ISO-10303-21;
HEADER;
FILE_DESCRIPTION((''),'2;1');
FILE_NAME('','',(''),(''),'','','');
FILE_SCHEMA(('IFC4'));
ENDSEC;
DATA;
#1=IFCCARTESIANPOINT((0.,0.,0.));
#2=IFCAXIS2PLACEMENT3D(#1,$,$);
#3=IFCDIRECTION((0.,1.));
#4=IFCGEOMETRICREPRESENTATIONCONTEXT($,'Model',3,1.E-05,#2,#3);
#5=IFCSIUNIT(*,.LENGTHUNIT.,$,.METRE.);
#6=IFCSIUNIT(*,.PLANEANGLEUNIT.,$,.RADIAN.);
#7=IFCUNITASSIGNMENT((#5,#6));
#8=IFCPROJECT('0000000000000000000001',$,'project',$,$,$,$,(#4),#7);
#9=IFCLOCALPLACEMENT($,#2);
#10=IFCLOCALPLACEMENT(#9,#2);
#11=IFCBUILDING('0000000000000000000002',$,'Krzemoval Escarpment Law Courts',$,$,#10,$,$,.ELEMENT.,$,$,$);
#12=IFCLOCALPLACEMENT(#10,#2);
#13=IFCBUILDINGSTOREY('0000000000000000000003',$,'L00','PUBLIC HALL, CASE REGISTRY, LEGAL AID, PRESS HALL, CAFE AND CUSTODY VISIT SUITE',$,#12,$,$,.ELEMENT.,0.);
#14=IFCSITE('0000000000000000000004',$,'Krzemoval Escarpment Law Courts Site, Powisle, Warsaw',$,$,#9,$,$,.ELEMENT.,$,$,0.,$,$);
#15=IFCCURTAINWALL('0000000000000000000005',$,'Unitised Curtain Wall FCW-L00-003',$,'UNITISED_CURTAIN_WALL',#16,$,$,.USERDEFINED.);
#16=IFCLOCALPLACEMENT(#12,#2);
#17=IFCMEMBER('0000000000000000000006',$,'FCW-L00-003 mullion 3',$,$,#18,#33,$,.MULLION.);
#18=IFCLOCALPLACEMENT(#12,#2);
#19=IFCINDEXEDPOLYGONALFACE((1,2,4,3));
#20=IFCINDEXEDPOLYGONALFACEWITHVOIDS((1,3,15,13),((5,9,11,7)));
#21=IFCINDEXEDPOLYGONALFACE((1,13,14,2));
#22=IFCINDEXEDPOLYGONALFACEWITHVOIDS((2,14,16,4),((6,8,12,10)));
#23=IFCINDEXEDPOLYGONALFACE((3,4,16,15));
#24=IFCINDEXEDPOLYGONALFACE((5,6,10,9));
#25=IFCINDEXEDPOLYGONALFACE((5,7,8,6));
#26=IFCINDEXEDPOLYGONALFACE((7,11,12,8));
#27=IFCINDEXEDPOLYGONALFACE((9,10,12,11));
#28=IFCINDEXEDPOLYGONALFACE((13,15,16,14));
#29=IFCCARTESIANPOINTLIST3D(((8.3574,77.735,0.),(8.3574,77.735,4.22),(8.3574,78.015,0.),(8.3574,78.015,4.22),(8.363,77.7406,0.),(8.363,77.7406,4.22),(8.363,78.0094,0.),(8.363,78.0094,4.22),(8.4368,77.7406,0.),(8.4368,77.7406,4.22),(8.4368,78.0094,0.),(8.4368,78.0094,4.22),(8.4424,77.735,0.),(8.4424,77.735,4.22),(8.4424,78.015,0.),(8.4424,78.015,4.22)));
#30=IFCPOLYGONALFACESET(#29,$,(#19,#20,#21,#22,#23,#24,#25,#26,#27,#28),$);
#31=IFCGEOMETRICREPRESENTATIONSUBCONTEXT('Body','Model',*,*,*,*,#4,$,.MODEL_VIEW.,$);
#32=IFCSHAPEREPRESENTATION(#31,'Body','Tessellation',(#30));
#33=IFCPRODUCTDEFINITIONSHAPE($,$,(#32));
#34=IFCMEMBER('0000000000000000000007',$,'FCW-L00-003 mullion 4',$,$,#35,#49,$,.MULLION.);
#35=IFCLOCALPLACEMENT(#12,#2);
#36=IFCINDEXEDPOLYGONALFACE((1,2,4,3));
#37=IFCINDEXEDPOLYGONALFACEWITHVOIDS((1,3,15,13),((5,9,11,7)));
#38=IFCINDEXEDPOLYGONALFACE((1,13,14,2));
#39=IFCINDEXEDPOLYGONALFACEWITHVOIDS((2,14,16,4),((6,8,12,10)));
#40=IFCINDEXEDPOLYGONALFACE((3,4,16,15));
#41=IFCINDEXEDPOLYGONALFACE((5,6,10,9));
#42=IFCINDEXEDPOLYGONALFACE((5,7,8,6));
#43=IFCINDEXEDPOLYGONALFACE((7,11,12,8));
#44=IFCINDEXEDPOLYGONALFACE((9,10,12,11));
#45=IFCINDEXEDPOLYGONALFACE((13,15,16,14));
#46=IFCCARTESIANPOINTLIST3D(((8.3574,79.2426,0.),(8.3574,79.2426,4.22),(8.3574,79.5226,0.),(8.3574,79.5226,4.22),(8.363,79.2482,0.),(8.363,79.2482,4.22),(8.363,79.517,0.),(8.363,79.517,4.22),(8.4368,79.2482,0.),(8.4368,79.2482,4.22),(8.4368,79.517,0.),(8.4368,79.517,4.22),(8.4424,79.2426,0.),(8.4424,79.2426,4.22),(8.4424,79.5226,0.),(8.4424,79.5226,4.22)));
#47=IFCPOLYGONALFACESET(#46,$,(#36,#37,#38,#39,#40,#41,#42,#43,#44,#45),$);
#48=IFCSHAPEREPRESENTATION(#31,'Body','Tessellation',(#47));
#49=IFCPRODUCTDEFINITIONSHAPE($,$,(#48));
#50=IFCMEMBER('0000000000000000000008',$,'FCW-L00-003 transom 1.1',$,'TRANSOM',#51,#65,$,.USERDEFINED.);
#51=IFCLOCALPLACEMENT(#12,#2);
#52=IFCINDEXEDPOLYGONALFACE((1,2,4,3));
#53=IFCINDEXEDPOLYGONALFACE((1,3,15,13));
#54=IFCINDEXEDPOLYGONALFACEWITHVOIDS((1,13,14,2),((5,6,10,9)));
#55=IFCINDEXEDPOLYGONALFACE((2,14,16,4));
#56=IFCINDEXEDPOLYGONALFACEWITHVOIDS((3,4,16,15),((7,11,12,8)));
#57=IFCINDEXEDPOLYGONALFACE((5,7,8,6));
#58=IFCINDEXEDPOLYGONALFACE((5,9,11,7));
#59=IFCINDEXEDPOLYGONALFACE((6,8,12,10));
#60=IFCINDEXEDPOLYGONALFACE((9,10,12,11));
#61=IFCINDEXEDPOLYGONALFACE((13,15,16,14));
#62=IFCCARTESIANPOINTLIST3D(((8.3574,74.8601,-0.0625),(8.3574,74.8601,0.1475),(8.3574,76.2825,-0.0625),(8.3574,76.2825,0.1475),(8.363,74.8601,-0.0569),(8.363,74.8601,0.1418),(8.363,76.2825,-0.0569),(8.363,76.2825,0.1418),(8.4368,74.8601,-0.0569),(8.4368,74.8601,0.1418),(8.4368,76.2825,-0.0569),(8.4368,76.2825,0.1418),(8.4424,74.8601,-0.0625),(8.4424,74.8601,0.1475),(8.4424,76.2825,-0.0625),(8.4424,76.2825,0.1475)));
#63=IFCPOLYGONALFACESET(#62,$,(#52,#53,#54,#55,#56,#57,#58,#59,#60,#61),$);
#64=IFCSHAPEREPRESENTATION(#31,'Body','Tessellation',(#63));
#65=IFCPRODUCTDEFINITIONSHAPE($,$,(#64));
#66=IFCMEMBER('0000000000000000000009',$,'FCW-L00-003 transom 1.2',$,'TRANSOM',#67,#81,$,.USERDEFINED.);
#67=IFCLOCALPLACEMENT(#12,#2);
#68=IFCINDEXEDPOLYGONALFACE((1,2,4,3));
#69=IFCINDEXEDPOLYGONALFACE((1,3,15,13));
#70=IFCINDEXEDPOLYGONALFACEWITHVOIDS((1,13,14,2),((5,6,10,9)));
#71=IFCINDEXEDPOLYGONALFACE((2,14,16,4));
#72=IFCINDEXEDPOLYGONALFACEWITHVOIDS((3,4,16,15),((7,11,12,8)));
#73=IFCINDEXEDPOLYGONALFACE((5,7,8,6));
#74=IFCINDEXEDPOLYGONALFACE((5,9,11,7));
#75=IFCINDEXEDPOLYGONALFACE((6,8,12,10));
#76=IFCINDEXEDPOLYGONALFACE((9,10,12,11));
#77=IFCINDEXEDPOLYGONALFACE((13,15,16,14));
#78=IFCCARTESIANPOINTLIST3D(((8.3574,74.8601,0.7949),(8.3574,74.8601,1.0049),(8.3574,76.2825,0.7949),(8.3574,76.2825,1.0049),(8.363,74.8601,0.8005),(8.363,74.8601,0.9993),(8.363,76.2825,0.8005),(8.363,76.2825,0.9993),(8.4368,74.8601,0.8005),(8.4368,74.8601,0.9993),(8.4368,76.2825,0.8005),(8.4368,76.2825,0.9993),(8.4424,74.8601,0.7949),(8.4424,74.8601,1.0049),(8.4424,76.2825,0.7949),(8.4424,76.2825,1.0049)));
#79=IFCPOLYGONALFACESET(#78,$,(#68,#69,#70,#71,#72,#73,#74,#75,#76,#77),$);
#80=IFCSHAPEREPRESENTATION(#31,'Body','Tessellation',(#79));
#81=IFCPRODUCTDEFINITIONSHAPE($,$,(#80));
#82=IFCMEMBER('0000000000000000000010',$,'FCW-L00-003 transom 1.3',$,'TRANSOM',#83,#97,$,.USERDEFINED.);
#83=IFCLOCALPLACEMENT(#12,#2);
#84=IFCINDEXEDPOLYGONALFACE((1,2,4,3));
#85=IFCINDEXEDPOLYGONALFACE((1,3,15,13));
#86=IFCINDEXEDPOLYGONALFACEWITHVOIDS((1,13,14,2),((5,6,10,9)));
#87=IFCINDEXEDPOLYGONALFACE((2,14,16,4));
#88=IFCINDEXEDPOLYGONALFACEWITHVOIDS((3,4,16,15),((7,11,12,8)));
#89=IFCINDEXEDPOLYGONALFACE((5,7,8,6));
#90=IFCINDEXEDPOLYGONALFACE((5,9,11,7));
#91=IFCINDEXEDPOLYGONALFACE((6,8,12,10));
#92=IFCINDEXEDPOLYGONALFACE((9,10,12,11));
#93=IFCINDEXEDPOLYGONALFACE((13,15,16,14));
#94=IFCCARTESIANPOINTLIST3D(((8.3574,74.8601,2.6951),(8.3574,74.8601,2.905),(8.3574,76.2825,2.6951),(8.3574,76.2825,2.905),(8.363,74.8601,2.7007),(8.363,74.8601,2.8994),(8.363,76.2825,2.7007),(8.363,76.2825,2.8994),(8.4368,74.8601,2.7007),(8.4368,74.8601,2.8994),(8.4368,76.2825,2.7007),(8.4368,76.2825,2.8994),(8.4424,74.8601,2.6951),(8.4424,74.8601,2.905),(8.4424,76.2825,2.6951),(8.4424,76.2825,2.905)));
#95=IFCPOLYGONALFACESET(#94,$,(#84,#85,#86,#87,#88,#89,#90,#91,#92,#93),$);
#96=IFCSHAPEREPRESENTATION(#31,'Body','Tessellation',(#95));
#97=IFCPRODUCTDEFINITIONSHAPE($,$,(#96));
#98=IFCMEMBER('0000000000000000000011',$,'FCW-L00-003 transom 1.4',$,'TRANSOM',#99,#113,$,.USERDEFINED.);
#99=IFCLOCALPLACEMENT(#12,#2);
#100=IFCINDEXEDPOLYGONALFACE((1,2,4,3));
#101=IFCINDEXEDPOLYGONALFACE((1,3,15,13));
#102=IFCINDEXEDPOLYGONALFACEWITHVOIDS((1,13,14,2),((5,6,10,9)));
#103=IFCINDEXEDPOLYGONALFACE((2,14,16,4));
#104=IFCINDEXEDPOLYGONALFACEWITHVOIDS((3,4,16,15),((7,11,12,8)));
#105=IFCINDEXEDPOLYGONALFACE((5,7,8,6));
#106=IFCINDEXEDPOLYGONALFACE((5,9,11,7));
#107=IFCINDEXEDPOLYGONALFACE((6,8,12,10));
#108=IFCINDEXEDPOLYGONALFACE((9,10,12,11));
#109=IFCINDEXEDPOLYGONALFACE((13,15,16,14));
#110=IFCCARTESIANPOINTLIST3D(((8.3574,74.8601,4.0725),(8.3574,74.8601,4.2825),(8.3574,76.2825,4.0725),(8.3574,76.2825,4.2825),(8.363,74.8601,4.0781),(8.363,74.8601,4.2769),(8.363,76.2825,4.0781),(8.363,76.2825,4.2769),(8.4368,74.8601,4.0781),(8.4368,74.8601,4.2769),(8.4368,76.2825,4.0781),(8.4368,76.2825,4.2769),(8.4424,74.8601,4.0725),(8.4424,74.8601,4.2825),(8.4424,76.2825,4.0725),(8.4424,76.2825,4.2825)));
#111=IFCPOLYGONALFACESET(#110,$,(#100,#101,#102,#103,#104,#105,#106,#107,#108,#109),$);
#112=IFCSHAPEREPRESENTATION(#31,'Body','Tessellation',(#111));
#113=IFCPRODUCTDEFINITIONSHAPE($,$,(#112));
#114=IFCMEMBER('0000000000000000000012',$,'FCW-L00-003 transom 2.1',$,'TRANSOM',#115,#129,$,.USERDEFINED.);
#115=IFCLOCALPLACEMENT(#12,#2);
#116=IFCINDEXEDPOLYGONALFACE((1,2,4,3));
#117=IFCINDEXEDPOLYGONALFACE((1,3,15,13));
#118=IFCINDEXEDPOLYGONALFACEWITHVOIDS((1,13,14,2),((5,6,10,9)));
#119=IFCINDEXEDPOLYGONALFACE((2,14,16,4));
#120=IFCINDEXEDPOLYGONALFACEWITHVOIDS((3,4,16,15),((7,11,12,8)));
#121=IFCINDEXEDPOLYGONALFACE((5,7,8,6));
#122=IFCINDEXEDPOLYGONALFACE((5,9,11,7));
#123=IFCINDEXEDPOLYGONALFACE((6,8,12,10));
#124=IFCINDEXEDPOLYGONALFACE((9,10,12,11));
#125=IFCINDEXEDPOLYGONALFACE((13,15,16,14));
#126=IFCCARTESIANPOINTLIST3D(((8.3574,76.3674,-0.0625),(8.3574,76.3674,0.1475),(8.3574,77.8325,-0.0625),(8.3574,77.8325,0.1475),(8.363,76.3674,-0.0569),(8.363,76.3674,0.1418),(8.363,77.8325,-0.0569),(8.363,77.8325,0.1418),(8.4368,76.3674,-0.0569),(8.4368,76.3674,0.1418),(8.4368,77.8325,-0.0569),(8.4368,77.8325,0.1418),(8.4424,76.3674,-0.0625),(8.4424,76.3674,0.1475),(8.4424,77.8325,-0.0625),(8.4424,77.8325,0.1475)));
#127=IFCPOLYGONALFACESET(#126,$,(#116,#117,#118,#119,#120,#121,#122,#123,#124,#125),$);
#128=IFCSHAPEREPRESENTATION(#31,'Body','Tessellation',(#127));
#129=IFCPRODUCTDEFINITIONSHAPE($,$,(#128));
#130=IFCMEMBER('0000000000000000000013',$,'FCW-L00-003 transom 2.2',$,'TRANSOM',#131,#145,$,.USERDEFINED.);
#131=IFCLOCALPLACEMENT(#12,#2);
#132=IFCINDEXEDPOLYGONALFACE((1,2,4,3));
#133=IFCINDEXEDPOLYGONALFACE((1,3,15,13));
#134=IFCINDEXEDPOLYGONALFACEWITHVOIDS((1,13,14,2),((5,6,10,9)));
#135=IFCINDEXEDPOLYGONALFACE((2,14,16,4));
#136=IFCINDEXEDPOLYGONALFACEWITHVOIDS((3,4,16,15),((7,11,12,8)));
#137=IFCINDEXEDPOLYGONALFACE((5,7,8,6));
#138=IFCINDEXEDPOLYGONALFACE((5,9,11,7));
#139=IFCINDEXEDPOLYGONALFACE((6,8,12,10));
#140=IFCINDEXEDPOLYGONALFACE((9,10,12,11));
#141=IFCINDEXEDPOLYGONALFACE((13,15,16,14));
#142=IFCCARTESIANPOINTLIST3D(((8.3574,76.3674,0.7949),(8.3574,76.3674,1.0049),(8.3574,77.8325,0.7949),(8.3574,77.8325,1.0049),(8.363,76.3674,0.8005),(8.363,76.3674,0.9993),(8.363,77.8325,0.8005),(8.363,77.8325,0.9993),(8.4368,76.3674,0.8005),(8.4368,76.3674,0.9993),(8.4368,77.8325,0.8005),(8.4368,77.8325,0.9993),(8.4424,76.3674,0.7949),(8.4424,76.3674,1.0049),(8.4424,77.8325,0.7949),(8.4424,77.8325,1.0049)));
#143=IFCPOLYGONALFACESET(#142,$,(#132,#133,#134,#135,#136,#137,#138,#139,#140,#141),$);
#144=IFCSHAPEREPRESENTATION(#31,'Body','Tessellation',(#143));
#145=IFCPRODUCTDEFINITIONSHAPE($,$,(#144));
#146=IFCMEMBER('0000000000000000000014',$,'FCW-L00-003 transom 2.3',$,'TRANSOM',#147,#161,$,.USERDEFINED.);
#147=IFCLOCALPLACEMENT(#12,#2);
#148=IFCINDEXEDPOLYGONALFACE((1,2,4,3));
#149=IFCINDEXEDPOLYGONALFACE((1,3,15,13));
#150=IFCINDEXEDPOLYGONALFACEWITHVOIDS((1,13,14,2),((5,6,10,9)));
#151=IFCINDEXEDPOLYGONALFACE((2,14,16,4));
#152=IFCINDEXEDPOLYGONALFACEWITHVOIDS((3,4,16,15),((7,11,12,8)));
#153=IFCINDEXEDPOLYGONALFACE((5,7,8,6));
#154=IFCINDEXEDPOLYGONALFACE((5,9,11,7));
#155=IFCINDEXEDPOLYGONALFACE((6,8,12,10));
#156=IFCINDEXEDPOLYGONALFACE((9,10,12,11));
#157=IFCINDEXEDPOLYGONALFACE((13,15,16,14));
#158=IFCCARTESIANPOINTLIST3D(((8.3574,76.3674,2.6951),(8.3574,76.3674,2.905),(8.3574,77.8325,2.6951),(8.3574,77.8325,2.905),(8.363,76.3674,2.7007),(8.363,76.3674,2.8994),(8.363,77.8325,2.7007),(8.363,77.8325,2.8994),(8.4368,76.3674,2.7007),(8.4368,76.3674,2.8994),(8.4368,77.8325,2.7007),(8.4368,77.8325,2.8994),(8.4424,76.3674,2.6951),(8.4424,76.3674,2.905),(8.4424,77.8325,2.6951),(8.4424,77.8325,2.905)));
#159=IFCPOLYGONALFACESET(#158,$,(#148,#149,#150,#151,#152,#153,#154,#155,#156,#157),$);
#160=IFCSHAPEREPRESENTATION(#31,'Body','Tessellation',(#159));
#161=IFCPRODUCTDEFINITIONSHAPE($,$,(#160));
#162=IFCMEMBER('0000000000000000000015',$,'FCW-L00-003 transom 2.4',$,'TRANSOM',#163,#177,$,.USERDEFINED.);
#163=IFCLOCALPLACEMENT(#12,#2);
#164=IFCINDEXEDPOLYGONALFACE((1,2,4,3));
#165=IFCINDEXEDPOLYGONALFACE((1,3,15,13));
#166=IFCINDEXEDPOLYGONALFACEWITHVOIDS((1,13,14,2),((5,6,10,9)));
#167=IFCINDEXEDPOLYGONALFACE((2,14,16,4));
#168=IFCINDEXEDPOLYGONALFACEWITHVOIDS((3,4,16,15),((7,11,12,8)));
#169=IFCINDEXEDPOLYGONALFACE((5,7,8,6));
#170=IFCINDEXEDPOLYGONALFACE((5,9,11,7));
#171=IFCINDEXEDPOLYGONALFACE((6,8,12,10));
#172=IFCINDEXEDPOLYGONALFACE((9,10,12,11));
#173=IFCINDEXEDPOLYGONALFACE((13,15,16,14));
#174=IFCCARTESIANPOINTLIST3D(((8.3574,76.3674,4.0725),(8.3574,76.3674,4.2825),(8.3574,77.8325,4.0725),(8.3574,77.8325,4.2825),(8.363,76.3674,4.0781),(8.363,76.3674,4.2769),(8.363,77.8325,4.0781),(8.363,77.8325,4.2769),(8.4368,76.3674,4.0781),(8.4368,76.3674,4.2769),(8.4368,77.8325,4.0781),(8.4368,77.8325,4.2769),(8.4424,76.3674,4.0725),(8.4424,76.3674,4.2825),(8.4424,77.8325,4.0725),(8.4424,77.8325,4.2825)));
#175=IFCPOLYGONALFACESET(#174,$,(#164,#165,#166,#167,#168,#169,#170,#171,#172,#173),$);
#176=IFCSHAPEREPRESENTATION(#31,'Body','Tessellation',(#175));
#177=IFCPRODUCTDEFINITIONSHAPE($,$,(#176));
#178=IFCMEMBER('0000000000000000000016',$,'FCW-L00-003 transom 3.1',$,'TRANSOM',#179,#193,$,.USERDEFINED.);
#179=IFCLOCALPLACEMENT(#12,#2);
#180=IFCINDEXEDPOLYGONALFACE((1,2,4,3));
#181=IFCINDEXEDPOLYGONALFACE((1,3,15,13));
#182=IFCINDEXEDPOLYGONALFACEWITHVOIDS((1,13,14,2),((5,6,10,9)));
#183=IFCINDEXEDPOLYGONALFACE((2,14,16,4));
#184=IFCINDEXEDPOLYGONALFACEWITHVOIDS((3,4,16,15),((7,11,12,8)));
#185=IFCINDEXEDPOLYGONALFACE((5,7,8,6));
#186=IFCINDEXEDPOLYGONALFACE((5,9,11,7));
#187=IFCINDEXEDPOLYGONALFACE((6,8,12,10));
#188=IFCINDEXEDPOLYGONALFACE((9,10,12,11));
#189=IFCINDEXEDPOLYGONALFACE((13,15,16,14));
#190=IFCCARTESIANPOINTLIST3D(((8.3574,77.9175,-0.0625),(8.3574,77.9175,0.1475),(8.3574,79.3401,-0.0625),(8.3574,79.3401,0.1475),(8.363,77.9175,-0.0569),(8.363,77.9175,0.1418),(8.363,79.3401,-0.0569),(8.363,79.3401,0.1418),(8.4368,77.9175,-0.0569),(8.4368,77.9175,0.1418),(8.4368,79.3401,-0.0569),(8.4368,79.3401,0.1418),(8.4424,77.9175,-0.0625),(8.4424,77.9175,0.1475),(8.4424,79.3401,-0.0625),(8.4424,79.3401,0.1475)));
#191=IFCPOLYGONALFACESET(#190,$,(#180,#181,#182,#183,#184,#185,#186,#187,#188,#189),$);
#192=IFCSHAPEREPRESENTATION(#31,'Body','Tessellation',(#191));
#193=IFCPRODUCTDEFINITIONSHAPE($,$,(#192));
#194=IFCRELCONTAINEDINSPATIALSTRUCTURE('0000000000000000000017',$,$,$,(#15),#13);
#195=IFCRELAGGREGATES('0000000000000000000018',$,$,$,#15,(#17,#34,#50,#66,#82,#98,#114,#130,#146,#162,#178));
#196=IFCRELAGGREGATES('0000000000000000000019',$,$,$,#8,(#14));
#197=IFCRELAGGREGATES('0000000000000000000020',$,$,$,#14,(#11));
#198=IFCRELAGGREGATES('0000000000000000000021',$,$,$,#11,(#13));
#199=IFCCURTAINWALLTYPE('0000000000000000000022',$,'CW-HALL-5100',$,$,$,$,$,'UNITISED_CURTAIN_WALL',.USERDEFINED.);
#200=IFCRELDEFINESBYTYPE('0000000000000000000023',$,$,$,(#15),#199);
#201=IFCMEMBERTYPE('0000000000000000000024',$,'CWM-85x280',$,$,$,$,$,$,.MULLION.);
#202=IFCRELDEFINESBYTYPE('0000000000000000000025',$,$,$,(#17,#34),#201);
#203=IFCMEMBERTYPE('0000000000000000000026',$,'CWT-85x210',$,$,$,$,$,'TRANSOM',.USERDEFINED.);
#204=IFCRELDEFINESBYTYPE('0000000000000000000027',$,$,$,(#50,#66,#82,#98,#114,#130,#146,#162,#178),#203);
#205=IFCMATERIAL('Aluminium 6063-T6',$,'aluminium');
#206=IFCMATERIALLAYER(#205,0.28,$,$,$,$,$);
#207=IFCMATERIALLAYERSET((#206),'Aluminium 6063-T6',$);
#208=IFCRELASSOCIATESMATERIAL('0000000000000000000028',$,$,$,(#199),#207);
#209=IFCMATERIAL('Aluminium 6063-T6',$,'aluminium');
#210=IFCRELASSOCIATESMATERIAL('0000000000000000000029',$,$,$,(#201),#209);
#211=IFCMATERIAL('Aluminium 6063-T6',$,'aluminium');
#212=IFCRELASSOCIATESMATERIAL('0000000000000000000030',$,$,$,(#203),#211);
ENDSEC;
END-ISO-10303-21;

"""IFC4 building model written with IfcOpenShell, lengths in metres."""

from ifc_helpers import new_model, si_unit, direction, frame, origin, origin_2d, place, context, subcontext, project, spatial, hollow_rectangle, extrude, material, layer, layer_set, material_profile, profile_set, type_object, element, aggregate, save


model = new_model("IFC4")

# Units and contexts
model_context = context("Model", 3, precision=1e-05, world=origin(), true_north=direction((0.0, 1.0)))
body_context = subcontext(model_context, "Body", "Model", "MODEL_VIEW")
ifc_project = project(units=[si_unit("LENGTHUNIT", "METRE"), si_unit("PLANEANGLEUNIT", "RADIAN")], contexts=[model_context])

# Site, building, storey
site_placement = place(None, origin())
site = spatial("IfcSite", under=ifc_project, at=site_placement, Name="Krzemoval Escarpment Law Courts Site, Powisle, Warsaw", CompositionType="ELEMENT", RefElevation=0.0)
building_placement = place(site_placement, origin())
building = spatial("IfcBuilding", under=site, at=building_placement, Name="Krzemoval Escarpment Law Courts", CompositionType="ELEMENT")
storey_placement = place(building_placement, origin())
storey = spatial("IfcBuildingStorey", under=building, at=storey_placement, Name="L00", Description="PUBLIC HALL, CASE REGISTRY, LEGAL AID, PRESS HALL, CAFE AND CUSTODY VISIT SUITE", CompositionType="ELEMENT", Elevation=0.0)

# Curtain wall, members
ifc_material_1 = material(Name="Aluminium 6063-T6", Category="aluminium")
ifc_layer_1 = layer(ifc_material_1, 0.28)
ifc_layer_set_1 = layer_set([ifc_layer_1], Name="Aluminium 6063-T6")
curtain_wall_type = type_object("IfcCurtainWallType", Name="CW-HALL-5100", ElementType="UNITISED_CURTAIN_WALL", PredefinedType="USERDEFINED", material=ifc_layer_set_1)
curtain_wall_placement = place(storey_placement, origin())
curtain_wall = element("IfcCurtainWall", 1, at=curtain_wall_placement, inside=storey, type_object=curtain_wall_type, Name="Unitised Curtain Wall FCW-L00-003", ObjectType="UNITISED_CURTAIN_WALL", PredefinedType="USERDEFINED")
ifc_material_2 = material(Name="Aluminium 6063-T6", Category="aluminium")
ifc_material_profile_1 = material_profile(ifc_material_2, hollow_rectangle(XDim=0.085, YDim=0.28, WallThickness=0.0056, at=origin_2d()), Name="ALU M85x280")
ifc_profile_set_1 = profile_set([ifc_material_profile_1], Name="Aluminium 6063-T6")
member_type_1 = type_object("IfcMemberType", Name="CWM-85x280", PredefinedType="MULLION", material=ifc_profile_set_1)
member_1_placement = place(storey_placement, frame((8.3999, 77.875, 0.0), z_axis=(0.0, 0.0, 1.0), x_axis=(-1.0, 0.0, 0.0)))
member_1 = element("IfcMember", 2, at=member_1_placement, type_object=member_type_1, Name="FCW-L00-003 mullion 3", PredefinedType="MULLION", context=body_context, shape_type="SweptSolid", body=[
    extrude(hollow_rectangle(XDim=0.085, YDim=0.28, WallThickness=0.0056, at=origin_2d()), origin(), (0.0, 0.0, 1.0), 4.22),
])
member_2_placement = place(storey_placement, frame((8.3999, 79.3826, 0.0), z_axis=(0.0, 0.0, 1.0), x_axis=(-1.0, 0.0, 0.0)))
member_2 = element("IfcMember", 3, at=member_2_placement, type_object=member_type_1, Name="FCW-L00-003 mullion 4", PredefinedType="MULLION", context=body_context, shape_type="SweptSolid", body=[
    extrude(hollow_rectangle(XDim=0.085, YDim=0.28, WallThickness=0.0056, at=origin_2d()), origin(), (0.0, 0.0, 1.0), 4.22),
])
ifc_material_3 = material(Name="Aluminium 6063-T6", Category="aluminium")
ifc_material_profile_2 = material_profile(ifc_material_3, hollow_rectangle(XDim=0.085, YDim=0.21, WallThickness=0.0056, at=origin_2d()), Name="ALU T85x210")
ifc_profile_set_2 = profile_set([ifc_material_profile_2], Name="Aluminium 6063-T6")
member_type_2 = type_object("IfcMemberType", Name="CWT-85x210", ElementType="TRANSOM", PredefinedType="USERDEFINED", material=ifc_profile_set_2)
member_3_placement = place(storey_placement, frame((8.3999, 74.8601, 0.0425), z_axis=(0.0, 1.0, 0.0), x_axis=(-1.0, 0.0, 0.0)))
member_3 = element("IfcMember", 4, at=member_3_placement, type_object=member_type_2, Name="FCW-L00-003 transom 1.1", ObjectType="TRANSOM", PredefinedType="USERDEFINED", context=body_context, shape_type="SweptSolid", body=[
    extrude(hollow_rectangle(XDim=0.085, YDim=0.21, WallThickness=0.0056, at=origin_2d()), origin(), (0.0, 0.0, 1.0), 1.4224),
])
member_4_placement = place(storey_placement, frame((8.3999, 74.8601, 0.8999), z_axis=(0.0, 1.0, 0.0), x_axis=(-1.0, 0.0, 0.0)))
member_4 = element("IfcMember", 5, at=member_4_placement, type_object=member_type_2, Name="FCW-L00-003 transom 1.2", ObjectType="TRANSOM", PredefinedType="USERDEFINED", context=body_context, shape_type="SweptSolid", body=[
    extrude(hollow_rectangle(XDim=0.085, YDim=0.21, WallThickness=0.0056, at=origin_2d()), origin(), (0.0, 0.0, 1.0), 1.4224),
])
member_5_placement = place(storey_placement, frame((8.3999, 74.8601, 2.8), z_axis=(0.0, 1.0, 0.0), x_axis=(-1.0, 0.0, 0.0)))
member_5 = element("IfcMember", 6, at=member_5_placement, type_object=member_type_2, Name="FCW-L00-003 transom 1.3", ObjectType="TRANSOM", PredefinedType="USERDEFINED", context=body_context, shape_type="SweptSolid", body=[
    extrude(hollow_rectangle(XDim=0.085, YDim=0.21, WallThickness=0.0056, at=origin_2d()), origin(), (0.0, 0.0, 1.0), 1.4224),
])
member_6_placement = place(storey_placement, frame((8.3999, 74.8601, 4.1775), z_axis=(0.0, 1.0, 0.0), x_axis=(-1.0, 0.0, 0.0)))
member_6 = element("IfcMember", 7, at=member_6_placement, type_object=member_type_2, Name="FCW-L00-003 transom 1.4", ObjectType="TRANSOM", PredefinedType="USERDEFINED", context=body_context, shape_type="SweptSolid", body=[
    extrude(hollow_rectangle(XDim=0.085, YDim=0.21, WallThickness=0.0056, at=origin_2d()), origin(), (0.0, 0.0, 1.0), 1.4224),
])
member_7_placement = place(storey_placement, frame((8.3999, 76.3674, 0.0425), z_axis=(0.0, 1.0, 0.0), x_axis=(-1.0, 0.0, 0.0)))
member_7 = element("IfcMember", 8, at=member_7_placement, type_object=member_type_2, Name="FCW-L00-003 transom 2.1", ObjectType="TRANSOM", PredefinedType="USERDEFINED", context=body_context, shape_type="SweptSolid", body=[
    extrude(hollow_rectangle(XDim=0.085, YDim=0.21, WallThickness=0.0056, at=origin_2d()), origin(), (0.0, 0.0, 1.0), 1.4651),
])
member_8_placement = place(storey_placement, frame((8.3999, 76.3674, 0.8999), z_axis=(0.0, 1.0, 0.0), x_axis=(-1.0, 0.0, 0.0)))
member_8 = element("IfcMember", 9, at=member_8_placement, type_object=member_type_2, Name="FCW-L00-003 transom 2.2", ObjectType="TRANSOM", PredefinedType="USERDEFINED", context=body_context, shape_type="SweptSolid", body=[
    extrude(hollow_rectangle(XDim=0.085, YDim=0.21, WallThickness=0.0056, at=origin_2d()), origin(), (0.0, 0.0, 1.0), 1.4651),
])
member_9_placement = place(storey_placement, frame((8.3999, 76.3674, 2.8), z_axis=(0.0, 1.0, 0.0), x_axis=(-1.0, 0.0, 0.0)))
member_9 = element("IfcMember", 10, at=member_9_placement, type_object=member_type_2, Name="FCW-L00-003 transom 2.3", ObjectType="TRANSOM", PredefinedType="USERDEFINED", context=body_context, shape_type="SweptSolid", body=[
    extrude(hollow_rectangle(XDim=0.085, YDim=0.21, WallThickness=0.0056, at=origin_2d()), origin(), (0.0, 0.0, 1.0), 1.4651),
])
member_10_placement = place(storey_placement, frame((8.3999, 76.3674, 4.1775), z_axis=(0.0, 1.0, 0.0), x_axis=(-1.0, 0.0, 0.0)))
member_10 = element("IfcMember", 11, at=member_10_placement, type_object=member_type_2, Name="FCW-L00-003 transom 2.4", ObjectType="TRANSOM", PredefinedType="USERDEFINED", context=body_context, shape_type="SweptSolid", body=[
    extrude(hollow_rectangle(XDim=0.085, YDim=0.21, WallThickness=0.0056, at=origin_2d()), origin(), (0.0, 0.0, 1.0), 1.4651),
])
member_11_placement = place(storey_placement, frame((8.3999, 77.9175, 0.0425), z_axis=(0.0, 1.0, 0.0), x_axis=(-1.0, 0.0, 0.0)))
member_11 = element("IfcMember", 12, at=member_11_placement, type_object=member_type_2, Name="FCW-L00-003 transom 3.1", ObjectType="TRANSOM", PredefinedType="USERDEFINED", context=body_context, shape_type="SweptSolid", body=[
    extrude(hollow_rectangle(XDim=0.085, YDim=0.21, WallThickness=0.0056, at=origin_2d()), origin(), (0.0, 0.0, 1.0), 1.4226),
])

aggregate(curtain_wall, [member_1, member_2, member_3, member_4, member_5, member_6, member_7, member_8, member_9, member_10, member_11])

save(model, "model.ifc")
